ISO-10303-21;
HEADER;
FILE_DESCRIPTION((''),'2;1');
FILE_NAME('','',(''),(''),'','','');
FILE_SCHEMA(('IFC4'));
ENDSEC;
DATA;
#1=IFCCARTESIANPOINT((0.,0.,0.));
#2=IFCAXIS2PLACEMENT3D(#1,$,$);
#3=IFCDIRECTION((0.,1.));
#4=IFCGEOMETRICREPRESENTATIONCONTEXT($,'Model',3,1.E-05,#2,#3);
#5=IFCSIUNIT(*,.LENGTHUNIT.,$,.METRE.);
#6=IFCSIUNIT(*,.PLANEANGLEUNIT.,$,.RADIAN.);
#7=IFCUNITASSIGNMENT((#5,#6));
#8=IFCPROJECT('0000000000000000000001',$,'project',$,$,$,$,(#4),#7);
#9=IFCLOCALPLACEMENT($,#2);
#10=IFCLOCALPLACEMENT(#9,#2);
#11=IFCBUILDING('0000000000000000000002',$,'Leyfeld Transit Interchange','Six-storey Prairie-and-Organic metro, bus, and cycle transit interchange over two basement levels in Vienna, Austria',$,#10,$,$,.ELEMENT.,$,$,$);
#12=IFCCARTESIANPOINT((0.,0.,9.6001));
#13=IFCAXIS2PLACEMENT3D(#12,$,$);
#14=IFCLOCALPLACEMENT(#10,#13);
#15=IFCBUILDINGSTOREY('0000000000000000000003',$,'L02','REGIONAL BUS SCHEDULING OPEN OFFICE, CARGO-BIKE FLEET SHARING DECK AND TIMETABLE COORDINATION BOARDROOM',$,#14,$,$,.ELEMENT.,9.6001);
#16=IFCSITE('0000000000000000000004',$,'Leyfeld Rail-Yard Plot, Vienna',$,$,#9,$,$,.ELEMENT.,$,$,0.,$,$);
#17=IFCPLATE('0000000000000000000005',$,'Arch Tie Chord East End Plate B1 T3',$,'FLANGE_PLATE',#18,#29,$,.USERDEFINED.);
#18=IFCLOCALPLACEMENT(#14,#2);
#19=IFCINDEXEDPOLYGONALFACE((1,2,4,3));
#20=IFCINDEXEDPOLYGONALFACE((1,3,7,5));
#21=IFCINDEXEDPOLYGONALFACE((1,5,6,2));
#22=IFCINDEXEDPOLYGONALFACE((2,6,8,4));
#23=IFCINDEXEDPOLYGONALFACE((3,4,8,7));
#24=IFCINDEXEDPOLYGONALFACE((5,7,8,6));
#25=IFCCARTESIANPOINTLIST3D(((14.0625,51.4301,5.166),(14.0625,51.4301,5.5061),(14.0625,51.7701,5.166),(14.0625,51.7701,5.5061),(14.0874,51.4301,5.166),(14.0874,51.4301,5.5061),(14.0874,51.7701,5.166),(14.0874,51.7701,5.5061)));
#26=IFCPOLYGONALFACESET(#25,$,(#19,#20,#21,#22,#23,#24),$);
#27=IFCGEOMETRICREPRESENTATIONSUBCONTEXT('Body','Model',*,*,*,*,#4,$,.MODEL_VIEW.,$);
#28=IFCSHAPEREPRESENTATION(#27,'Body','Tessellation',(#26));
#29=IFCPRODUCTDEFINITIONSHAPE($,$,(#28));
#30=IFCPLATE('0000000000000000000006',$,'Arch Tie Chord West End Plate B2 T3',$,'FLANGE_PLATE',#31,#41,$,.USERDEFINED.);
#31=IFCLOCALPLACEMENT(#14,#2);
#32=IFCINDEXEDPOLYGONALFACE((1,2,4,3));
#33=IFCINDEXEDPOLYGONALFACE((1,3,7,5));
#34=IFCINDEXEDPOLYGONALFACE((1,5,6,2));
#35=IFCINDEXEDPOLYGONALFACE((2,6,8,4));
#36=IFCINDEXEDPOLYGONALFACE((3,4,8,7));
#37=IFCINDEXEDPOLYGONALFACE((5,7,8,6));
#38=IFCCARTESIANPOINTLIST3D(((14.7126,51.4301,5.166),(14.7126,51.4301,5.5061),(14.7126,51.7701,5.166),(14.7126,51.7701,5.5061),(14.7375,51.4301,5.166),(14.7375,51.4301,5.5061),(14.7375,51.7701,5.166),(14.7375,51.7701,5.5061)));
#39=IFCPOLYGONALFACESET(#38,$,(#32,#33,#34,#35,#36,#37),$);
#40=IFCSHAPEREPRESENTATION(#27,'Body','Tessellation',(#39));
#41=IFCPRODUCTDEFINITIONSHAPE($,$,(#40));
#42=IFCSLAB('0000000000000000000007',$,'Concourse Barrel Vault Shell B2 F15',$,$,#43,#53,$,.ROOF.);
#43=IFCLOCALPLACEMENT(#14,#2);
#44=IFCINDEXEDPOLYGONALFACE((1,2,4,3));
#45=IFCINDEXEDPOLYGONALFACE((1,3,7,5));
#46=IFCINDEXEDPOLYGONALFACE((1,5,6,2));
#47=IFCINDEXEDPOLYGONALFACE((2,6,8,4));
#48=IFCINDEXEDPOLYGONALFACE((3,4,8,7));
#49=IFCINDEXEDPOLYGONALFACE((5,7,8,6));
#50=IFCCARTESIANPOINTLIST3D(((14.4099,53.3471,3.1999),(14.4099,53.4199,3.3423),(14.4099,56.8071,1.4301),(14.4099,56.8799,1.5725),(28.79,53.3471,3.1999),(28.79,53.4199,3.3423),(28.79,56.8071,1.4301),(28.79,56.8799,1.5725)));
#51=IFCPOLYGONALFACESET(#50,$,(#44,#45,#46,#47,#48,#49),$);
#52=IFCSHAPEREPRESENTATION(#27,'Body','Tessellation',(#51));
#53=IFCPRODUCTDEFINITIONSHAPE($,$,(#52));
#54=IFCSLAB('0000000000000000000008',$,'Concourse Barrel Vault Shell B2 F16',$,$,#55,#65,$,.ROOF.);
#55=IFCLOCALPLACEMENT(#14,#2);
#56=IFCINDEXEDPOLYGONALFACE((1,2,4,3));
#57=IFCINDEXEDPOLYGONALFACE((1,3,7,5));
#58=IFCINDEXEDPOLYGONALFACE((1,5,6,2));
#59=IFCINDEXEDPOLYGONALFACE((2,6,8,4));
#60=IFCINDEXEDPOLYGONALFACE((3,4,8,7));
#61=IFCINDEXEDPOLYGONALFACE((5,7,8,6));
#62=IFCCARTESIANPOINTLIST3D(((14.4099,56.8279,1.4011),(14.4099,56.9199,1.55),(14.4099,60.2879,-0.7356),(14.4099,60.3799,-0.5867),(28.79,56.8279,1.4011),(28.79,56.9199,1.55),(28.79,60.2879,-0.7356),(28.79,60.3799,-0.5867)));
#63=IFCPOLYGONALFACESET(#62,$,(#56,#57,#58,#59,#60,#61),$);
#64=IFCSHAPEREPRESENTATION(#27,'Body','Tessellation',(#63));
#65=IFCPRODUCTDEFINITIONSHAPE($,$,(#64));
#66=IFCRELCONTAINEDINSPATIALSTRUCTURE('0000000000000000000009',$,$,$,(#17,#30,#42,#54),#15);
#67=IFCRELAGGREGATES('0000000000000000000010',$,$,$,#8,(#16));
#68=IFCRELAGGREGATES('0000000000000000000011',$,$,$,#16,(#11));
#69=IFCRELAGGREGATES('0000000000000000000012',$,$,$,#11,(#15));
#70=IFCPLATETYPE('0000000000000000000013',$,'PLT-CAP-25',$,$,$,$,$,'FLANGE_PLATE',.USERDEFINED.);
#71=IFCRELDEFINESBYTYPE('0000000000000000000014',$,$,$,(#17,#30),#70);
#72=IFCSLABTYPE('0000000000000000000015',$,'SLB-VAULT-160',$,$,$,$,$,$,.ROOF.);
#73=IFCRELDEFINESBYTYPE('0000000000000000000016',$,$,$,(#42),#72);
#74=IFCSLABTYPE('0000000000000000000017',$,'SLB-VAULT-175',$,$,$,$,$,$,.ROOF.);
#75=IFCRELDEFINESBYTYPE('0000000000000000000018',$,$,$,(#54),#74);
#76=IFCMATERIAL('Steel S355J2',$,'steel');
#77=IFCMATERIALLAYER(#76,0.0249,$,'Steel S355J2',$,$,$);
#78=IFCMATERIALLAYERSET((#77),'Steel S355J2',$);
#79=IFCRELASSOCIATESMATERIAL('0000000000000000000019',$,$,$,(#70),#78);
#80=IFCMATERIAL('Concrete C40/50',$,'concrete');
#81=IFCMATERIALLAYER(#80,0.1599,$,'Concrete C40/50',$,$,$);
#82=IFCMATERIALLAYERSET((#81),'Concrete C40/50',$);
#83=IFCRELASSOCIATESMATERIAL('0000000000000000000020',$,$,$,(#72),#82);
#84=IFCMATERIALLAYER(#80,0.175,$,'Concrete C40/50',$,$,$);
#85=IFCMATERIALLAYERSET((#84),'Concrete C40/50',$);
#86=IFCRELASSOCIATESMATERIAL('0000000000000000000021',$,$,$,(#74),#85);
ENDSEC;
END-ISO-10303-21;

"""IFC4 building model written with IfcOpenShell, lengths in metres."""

from ifc_helpers import new_model, si_unit, direction, frame, origin, origin_2d, place, context, subcontext, project, spatial, polyline, rectangle, outline, extrude, material, layer, layer_set, type_object, element, save


model = new_model("IFC4")

# Units and contexts
model_context = context("Model", 3, precision=1e-05, world=origin(), true_north=direction((0.0, 1.0)))
body_context = subcontext(model_context, "Body", "Model", "MODEL_VIEW")
ifc_project = project(units=[si_unit("LENGTHUNIT", "METRE"), si_unit("PLANEANGLEUNIT", "RADIAN")], contexts=[model_context])

# Site, building, storey
site_placement = place(None, origin())
site = spatial("IfcSite", under=ifc_project, at=site_placement, Name="Leyfeld Rail-Yard Plot, Vienna", CompositionType="ELEMENT", RefElevation=0.0)
building_placement = place(site_placement, origin())
building = spatial("IfcBuilding", under=site, at=building_placement, Name="Leyfeld Transit Interchange", Description="Six-storey Prairie-and-Organic metro, bus, and cycle transit interchange over two basement levels in Vienna, Austria", CompositionType="ELEMENT")
storey_placement = place(building_placement, frame((0.0, 0.0, 9.6001)))
storey = spatial("IfcBuildingStorey", under=building, at=storey_placement, Name="L02", Description="REGIONAL BUS SCHEDULING OPEN OFFICE, CARGO-BIKE FLEET SHARING DECK AND TIMETABLE COORDINATION BOARDROOM", CompositionType="ELEMENT", Elevation=9.6001)

# Shared definitions
ifc_material_1 = material(Name="Concrete C40/50", Category="concrete")
ifc_material_2 = material(Name="Steel S355J2", Category="steel")

# Plates
ifc_layer_1 = layer(ifc_material_2, 0.0249, Name="Steel S355J2")
ifc_layer_set_1 = layer_set([ifc_layer_1], Name="Steel S355J2")
plate_type_1 = type_object("IfcPlateType", Name="PLT-CAP-25", ElementType="FLANGE_PLATE", PredefinedType="USERDEFINED", material=ifc_layer_set_1)
for number, where, z_axis, x_axis, name in (
    (1, (14.075, 51.6001, 5.166), (0.0, 0.0, 1.0), (0.0, 1.0, 0.0), "Arch Tie Chord East End Plate B1 T3"),
    (2, (14.7251, 51.6001, 5.166), (0.0, 0.0, 1.0), (0.0, 1.0, 0.0), "Arch Tie Chord West End Plate B2 T3"),
):
    element("IfcPlate", number, at=place(storey_placement, frame(where, z_axis=z_axis, x_axis=x_axis)), inside=storey, type_object=plate_type_1, Name=name, ObjectType="FLANGE_PLATE", PredefinedType="USERDEFINED", context=body_context, shape_type="SweptSolid", body=[
        extrude(rectangle(XDim=0.3401, YDim=0.0249, at=origin_2d()), origin(), (0.0, 0.0, 1.0), 0.3401),
    ])

# Slabs
ifc_layer_2 = layer(ifc_material_1, 0.1599, Name="Concrete C40/50")
ifc_layer_set_2 = layer_set([ifc_layer_2], Name="Concrete C40/50")
slab_type_1 = type_object("IfcSlabType", Name="SLB-VAULT-160", PredefinedType="ROOF", material=ifc_layer_set_2)
slab_1_placement = place(storey_placement, frame((14.4099, 53.4199, 3.3423), z_axis=(0.0, 0.455387, 0.890294), x_axis=(1.0, 0.0, 0.0)))
element("IfcSlab", 3, at=slab_1_placement, inside=storey, type_object=slab_type_1, Name="Concourse Barrel Vault Shell B2 F15", PredefinedType="ROOF", context=body_context, shape_type="SweptSolid", body=[
    extrude(outline(polyline([(0.0, 0.0), (14.3801, 0.0), (14.3801, 3.8863), (0.0, 3.8863), (0.0, 0.0)])), origin(), (0.0, 0.0, -1.0), 0.1599),
])
ifc_layer_3 = layer(ifc_material_1, 0.175, Name="Concrete C40/50")
ifc_layer_set_3 = layer_set([ifc_layer_3], Name="Concrete C40/50")
slab_type_2 = type_object("IfcSlabType", Name="SLB-VAULT-175", PredefinedType="ROOF", material=ifc_layer_set_3)
slab_2_placement = place(storey_placement, frame((14.4099, 56.9199, 1.55), z_axis=(0.0, 0.525437, 0.850833), x_axis=(1.0, 0.0, 0.0)))
element("IfcSlab", 4, at=slab_2_placement, inside=storey, type_object=slab_type_2, Name="Concourse Barrel Vault Shell B2 F16", PredefinedType="ROOF", context=body_context, shape_type="SweptSolid", body=[
    extrude(outline(polyline([(0.0, 0.0), (14.3801, 0.0), (14.3801, 4.0666), (0.0, 4.0666), (0.0, 0.0)])), origin(), (0.0, 0.0, -1.0), 0.175),
])

save(model, "model.ifc")
